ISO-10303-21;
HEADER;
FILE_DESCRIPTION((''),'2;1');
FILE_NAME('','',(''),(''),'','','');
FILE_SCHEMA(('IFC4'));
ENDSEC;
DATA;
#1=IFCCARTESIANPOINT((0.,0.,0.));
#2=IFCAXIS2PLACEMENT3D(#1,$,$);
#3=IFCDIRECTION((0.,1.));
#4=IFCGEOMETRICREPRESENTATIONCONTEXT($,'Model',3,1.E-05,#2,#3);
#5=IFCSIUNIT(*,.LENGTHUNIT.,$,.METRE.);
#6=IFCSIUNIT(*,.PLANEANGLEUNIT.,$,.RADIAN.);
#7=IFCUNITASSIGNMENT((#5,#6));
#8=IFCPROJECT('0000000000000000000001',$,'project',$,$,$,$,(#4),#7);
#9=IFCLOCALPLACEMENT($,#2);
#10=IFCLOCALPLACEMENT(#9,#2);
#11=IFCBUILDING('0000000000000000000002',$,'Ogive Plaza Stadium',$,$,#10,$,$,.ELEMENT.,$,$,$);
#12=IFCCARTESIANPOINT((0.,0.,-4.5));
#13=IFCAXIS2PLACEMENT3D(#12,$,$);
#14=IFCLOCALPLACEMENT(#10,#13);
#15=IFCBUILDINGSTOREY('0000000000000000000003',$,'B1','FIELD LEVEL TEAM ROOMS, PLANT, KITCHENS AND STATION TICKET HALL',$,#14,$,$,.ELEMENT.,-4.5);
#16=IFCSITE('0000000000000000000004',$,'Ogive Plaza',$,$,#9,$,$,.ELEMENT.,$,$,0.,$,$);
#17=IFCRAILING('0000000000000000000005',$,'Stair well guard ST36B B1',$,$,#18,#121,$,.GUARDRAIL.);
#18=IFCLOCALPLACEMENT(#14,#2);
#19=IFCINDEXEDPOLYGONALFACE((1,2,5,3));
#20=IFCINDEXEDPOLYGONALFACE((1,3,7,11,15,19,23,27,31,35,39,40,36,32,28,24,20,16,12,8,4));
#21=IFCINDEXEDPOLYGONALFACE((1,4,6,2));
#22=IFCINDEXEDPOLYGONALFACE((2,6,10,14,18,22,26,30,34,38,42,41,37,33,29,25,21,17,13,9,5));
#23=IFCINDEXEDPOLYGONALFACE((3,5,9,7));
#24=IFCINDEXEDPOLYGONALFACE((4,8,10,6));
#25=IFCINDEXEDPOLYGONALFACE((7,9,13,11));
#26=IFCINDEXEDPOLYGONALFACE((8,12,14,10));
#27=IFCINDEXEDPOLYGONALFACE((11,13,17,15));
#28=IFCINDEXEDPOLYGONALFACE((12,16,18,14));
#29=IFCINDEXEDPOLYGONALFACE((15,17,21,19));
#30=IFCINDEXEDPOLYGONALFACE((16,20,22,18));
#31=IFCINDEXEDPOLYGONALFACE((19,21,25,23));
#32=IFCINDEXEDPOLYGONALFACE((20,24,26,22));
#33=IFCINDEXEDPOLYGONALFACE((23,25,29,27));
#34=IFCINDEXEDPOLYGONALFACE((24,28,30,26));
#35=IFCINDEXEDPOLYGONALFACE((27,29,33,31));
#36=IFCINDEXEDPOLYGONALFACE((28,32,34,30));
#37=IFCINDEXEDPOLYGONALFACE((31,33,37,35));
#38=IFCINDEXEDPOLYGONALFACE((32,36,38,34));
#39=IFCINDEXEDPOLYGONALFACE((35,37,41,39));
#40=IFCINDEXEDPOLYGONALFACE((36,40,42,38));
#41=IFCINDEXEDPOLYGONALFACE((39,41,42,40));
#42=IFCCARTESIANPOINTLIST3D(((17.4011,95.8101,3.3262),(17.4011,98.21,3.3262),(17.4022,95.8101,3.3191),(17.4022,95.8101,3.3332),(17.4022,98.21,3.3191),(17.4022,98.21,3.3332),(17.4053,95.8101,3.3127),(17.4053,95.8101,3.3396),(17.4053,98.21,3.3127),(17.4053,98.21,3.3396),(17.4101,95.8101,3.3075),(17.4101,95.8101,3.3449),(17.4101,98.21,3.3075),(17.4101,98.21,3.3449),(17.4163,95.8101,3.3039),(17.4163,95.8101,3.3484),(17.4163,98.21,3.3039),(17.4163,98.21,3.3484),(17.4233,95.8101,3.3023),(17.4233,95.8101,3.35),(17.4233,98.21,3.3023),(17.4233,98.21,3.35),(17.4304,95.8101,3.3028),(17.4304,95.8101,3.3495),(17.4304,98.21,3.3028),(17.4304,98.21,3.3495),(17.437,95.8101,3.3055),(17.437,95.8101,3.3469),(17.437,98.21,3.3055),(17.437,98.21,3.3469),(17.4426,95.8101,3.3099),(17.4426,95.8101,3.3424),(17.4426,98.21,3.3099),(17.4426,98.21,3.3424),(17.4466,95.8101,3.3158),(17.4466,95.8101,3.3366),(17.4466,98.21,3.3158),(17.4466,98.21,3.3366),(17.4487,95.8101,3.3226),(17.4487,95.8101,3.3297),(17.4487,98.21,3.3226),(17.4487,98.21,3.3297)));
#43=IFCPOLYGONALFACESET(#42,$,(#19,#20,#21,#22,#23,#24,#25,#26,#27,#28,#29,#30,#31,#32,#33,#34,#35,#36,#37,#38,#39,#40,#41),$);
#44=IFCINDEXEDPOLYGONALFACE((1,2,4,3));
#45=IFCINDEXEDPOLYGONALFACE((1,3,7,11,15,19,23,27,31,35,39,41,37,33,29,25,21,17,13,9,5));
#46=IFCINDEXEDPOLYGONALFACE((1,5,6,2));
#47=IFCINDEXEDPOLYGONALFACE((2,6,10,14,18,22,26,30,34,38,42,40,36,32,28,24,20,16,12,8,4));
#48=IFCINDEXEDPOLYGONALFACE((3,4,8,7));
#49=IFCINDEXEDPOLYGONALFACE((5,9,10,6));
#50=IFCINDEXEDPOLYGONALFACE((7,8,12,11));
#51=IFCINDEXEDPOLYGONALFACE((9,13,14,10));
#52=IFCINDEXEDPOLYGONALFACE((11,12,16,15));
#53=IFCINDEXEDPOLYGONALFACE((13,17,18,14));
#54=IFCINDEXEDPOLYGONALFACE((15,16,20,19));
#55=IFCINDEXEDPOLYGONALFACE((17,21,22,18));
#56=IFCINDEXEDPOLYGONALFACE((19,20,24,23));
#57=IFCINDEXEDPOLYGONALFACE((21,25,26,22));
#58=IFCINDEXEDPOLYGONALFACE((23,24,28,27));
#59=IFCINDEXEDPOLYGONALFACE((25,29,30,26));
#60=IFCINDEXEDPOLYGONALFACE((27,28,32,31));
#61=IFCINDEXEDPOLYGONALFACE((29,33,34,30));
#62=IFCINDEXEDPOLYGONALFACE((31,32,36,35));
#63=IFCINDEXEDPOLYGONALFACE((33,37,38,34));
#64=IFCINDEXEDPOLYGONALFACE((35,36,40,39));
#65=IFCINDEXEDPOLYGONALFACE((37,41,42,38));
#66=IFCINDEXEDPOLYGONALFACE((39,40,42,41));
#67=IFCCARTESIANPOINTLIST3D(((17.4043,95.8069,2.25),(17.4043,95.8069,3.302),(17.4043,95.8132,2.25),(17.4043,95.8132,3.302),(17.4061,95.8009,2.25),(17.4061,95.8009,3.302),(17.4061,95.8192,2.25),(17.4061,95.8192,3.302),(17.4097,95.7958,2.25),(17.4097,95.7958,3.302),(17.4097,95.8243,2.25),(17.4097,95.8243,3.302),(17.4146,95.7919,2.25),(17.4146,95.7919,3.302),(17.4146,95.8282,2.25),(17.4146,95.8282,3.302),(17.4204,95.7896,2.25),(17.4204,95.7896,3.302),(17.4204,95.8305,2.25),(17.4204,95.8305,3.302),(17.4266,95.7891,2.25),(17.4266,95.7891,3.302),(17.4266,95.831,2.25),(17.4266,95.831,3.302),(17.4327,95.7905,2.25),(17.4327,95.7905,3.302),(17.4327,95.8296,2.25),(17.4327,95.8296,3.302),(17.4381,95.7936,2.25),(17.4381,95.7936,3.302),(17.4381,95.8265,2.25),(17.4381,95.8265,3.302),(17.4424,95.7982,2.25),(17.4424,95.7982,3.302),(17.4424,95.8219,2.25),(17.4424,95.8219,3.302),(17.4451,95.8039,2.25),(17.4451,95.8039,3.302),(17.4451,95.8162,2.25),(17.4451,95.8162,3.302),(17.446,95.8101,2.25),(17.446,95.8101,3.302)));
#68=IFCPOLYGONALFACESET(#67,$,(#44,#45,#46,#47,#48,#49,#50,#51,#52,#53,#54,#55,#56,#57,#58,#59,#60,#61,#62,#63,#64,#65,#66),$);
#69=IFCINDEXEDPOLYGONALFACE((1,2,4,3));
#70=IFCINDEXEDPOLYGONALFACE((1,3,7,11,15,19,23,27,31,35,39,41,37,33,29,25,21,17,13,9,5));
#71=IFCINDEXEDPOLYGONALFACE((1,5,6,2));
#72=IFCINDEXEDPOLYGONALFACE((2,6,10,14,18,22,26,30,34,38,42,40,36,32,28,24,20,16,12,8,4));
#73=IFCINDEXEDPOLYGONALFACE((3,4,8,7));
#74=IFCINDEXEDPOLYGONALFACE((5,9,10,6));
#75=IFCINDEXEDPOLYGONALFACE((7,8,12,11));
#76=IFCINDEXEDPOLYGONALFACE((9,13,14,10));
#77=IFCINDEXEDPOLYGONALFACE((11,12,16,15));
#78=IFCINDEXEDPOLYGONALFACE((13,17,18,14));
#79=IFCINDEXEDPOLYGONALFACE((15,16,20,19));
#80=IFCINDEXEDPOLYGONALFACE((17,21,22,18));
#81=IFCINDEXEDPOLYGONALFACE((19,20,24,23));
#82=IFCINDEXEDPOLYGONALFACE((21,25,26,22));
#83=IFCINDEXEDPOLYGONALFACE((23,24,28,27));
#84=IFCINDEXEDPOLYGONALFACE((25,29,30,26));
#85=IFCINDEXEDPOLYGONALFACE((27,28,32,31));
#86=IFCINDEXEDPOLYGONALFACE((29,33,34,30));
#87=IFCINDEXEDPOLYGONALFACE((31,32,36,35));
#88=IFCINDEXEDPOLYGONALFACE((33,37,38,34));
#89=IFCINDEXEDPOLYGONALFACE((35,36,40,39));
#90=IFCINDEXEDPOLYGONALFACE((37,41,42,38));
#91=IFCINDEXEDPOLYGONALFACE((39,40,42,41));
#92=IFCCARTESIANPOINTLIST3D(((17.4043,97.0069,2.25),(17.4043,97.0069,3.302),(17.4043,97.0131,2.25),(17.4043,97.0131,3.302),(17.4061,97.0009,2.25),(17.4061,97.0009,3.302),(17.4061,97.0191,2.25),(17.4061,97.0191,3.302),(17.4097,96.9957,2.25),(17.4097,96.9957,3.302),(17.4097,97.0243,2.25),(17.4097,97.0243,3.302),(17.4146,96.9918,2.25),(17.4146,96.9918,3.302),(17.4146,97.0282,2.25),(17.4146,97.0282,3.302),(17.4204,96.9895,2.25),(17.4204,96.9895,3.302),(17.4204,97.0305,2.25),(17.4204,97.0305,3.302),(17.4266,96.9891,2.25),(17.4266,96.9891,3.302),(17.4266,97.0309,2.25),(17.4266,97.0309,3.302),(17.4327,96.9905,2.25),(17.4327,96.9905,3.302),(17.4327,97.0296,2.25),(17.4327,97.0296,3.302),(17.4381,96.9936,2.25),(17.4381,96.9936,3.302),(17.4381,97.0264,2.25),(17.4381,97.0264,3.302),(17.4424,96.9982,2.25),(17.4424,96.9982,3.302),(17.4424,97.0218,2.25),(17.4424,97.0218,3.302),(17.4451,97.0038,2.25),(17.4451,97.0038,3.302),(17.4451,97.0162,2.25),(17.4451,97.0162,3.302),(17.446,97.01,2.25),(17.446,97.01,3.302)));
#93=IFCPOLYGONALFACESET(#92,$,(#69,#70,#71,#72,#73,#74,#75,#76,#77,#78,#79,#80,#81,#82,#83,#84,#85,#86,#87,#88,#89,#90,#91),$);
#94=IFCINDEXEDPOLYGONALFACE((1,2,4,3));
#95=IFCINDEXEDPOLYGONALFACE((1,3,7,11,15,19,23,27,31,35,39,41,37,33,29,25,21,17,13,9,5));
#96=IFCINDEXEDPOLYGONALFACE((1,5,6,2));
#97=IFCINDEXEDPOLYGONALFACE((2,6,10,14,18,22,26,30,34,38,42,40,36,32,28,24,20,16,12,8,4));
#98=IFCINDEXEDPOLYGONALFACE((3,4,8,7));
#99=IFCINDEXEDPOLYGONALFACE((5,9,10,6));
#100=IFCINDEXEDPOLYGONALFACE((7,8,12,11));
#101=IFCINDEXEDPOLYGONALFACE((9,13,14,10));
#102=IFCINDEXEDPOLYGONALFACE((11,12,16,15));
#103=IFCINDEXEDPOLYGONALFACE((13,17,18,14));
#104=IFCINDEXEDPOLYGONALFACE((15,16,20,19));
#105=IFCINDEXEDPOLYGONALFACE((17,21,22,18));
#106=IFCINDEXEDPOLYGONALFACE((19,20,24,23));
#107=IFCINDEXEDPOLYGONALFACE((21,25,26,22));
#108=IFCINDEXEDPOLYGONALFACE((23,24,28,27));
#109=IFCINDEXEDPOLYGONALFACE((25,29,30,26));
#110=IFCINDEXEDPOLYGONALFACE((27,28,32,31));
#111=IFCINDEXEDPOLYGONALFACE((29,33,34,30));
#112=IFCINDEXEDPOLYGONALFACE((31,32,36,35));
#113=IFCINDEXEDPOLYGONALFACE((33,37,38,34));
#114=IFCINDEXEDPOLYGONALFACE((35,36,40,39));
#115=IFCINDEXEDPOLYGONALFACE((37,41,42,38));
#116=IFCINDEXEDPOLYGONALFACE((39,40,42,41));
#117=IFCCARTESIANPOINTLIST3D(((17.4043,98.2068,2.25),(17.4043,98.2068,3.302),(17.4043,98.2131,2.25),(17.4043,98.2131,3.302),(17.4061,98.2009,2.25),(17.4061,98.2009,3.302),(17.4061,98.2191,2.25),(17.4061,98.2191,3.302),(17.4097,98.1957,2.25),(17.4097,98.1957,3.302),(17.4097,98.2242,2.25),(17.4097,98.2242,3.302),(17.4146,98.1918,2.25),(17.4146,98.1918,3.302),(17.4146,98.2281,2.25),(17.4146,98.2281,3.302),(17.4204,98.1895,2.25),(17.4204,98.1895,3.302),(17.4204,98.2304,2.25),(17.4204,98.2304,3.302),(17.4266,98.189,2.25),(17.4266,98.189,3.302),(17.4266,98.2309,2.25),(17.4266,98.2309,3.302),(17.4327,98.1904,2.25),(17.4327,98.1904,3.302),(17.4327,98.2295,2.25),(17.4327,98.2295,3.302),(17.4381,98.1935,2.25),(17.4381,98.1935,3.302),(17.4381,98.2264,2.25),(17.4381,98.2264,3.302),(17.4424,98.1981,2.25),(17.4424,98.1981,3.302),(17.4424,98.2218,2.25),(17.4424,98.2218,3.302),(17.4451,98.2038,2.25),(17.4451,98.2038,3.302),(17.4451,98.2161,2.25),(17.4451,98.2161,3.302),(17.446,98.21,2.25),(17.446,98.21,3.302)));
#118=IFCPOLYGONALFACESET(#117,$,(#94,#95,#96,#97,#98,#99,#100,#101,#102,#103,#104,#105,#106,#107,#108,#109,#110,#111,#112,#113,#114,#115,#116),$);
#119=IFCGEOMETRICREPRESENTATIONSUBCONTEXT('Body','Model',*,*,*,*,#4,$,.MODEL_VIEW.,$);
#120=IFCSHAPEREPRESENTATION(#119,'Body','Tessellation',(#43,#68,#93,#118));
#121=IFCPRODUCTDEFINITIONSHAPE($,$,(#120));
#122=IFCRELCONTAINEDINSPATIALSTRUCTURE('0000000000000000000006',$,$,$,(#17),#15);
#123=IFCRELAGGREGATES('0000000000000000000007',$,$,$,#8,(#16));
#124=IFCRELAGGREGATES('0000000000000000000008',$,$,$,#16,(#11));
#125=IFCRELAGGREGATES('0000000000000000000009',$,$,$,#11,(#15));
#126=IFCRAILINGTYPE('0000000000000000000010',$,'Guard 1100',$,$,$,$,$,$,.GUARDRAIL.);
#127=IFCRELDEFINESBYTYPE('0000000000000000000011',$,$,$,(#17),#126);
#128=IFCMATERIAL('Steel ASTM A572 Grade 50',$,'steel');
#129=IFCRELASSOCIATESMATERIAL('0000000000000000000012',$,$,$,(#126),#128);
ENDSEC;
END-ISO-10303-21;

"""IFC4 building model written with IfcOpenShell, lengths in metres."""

from ifc_helpers import new_model, si_unit, direction, frame, origin, origin_2d, place, context, subcontext, project, spatial, circle, extrude, material, type_object, element, save


model = new_model("IFC4")

# Units and contexts
model_context = context("Model", 3, precision=1e-05, world=origin(), true_north=direction((0.0, 1.0)))
body_context = subcontext(model_context, "Body", "Model", "MODEL_VIEW")
ifc_project = project(units=[si_unit("LENGTHUNIT", "METRE"), si_unit("PLANEANGLEUNIT", "RADIAN")], contexts=[model_context])

# Site, building, storey
site_placement = place(None, origin())
site = spatial("IfcSite", under=ifc_project, at=site_placement, Name="Ogive Plaza", CompositionType="ELEMENT", RefElevation=0.0)
building_placement = place(site_placement, origin())
building = spatial("IfcBuilding", under=site, at=building_placement, Name="Ogive Plaza Stadium", CompositionType="ELEMENT")
storey_placement = place(building_placement, frame((0.0, 0.0, -4.5)))
storey = spatial("IfcBuildingStorey", under=building, at=storey_placement, Name="B1", Description="FIELD LEVEL TEAM ROOMS, PLANT, KITCHENS AND STATION TICKET HALL", CompositionType="ELEMENT", Elevation=-4.5)

# Railing
ifc_material_1 = material(Name="Steel ASTM A572 Grade 50", Category="steel")
railing_type_1 = type_object("IfcRailingType", Name="Guard 1100", PredefinedType="GUARDRAIL", material=ifc_material_1)
railing_1_placement = place(storey_placement, frame((17.425, 95.8101, 2.25)))
element("IfcRailing", 1, at=railing_1_placement, inside=storey, type_object=railing_type_1, Name="Stair well guard ST36B B1", PredefinedType="GUARDRAIL", context=body_context, shape_type="SweptSolid", body=[
    extrude(circle(Radius=0.0239, at=origin_2d()), frame((0.0, 0.0, 1.0762), z_axis=(0.0, 1.0, 0.0), x_axis=(-1.0, 0.0, 0.0)), (0.0, 0.0, 1.0), 2.3999),
    extrude(circle(Radius=0.021, at=origin_2d()), origin(), (0.0, 0.0, 1.0), 1.052),
    extrude(circle(Radius=0.021, at=origin_2d()), frame((0.0, 1.2, 0.0)), (0.0, 0.0, 1.0), 1.052),
    extrude(circle(Radius=0.021, at=origin_2d()), frame((0.0, 2.3999, 0.0)), (0.0, 0.0, 1.0), 1.052),
])

save(model, "model.ifc")
